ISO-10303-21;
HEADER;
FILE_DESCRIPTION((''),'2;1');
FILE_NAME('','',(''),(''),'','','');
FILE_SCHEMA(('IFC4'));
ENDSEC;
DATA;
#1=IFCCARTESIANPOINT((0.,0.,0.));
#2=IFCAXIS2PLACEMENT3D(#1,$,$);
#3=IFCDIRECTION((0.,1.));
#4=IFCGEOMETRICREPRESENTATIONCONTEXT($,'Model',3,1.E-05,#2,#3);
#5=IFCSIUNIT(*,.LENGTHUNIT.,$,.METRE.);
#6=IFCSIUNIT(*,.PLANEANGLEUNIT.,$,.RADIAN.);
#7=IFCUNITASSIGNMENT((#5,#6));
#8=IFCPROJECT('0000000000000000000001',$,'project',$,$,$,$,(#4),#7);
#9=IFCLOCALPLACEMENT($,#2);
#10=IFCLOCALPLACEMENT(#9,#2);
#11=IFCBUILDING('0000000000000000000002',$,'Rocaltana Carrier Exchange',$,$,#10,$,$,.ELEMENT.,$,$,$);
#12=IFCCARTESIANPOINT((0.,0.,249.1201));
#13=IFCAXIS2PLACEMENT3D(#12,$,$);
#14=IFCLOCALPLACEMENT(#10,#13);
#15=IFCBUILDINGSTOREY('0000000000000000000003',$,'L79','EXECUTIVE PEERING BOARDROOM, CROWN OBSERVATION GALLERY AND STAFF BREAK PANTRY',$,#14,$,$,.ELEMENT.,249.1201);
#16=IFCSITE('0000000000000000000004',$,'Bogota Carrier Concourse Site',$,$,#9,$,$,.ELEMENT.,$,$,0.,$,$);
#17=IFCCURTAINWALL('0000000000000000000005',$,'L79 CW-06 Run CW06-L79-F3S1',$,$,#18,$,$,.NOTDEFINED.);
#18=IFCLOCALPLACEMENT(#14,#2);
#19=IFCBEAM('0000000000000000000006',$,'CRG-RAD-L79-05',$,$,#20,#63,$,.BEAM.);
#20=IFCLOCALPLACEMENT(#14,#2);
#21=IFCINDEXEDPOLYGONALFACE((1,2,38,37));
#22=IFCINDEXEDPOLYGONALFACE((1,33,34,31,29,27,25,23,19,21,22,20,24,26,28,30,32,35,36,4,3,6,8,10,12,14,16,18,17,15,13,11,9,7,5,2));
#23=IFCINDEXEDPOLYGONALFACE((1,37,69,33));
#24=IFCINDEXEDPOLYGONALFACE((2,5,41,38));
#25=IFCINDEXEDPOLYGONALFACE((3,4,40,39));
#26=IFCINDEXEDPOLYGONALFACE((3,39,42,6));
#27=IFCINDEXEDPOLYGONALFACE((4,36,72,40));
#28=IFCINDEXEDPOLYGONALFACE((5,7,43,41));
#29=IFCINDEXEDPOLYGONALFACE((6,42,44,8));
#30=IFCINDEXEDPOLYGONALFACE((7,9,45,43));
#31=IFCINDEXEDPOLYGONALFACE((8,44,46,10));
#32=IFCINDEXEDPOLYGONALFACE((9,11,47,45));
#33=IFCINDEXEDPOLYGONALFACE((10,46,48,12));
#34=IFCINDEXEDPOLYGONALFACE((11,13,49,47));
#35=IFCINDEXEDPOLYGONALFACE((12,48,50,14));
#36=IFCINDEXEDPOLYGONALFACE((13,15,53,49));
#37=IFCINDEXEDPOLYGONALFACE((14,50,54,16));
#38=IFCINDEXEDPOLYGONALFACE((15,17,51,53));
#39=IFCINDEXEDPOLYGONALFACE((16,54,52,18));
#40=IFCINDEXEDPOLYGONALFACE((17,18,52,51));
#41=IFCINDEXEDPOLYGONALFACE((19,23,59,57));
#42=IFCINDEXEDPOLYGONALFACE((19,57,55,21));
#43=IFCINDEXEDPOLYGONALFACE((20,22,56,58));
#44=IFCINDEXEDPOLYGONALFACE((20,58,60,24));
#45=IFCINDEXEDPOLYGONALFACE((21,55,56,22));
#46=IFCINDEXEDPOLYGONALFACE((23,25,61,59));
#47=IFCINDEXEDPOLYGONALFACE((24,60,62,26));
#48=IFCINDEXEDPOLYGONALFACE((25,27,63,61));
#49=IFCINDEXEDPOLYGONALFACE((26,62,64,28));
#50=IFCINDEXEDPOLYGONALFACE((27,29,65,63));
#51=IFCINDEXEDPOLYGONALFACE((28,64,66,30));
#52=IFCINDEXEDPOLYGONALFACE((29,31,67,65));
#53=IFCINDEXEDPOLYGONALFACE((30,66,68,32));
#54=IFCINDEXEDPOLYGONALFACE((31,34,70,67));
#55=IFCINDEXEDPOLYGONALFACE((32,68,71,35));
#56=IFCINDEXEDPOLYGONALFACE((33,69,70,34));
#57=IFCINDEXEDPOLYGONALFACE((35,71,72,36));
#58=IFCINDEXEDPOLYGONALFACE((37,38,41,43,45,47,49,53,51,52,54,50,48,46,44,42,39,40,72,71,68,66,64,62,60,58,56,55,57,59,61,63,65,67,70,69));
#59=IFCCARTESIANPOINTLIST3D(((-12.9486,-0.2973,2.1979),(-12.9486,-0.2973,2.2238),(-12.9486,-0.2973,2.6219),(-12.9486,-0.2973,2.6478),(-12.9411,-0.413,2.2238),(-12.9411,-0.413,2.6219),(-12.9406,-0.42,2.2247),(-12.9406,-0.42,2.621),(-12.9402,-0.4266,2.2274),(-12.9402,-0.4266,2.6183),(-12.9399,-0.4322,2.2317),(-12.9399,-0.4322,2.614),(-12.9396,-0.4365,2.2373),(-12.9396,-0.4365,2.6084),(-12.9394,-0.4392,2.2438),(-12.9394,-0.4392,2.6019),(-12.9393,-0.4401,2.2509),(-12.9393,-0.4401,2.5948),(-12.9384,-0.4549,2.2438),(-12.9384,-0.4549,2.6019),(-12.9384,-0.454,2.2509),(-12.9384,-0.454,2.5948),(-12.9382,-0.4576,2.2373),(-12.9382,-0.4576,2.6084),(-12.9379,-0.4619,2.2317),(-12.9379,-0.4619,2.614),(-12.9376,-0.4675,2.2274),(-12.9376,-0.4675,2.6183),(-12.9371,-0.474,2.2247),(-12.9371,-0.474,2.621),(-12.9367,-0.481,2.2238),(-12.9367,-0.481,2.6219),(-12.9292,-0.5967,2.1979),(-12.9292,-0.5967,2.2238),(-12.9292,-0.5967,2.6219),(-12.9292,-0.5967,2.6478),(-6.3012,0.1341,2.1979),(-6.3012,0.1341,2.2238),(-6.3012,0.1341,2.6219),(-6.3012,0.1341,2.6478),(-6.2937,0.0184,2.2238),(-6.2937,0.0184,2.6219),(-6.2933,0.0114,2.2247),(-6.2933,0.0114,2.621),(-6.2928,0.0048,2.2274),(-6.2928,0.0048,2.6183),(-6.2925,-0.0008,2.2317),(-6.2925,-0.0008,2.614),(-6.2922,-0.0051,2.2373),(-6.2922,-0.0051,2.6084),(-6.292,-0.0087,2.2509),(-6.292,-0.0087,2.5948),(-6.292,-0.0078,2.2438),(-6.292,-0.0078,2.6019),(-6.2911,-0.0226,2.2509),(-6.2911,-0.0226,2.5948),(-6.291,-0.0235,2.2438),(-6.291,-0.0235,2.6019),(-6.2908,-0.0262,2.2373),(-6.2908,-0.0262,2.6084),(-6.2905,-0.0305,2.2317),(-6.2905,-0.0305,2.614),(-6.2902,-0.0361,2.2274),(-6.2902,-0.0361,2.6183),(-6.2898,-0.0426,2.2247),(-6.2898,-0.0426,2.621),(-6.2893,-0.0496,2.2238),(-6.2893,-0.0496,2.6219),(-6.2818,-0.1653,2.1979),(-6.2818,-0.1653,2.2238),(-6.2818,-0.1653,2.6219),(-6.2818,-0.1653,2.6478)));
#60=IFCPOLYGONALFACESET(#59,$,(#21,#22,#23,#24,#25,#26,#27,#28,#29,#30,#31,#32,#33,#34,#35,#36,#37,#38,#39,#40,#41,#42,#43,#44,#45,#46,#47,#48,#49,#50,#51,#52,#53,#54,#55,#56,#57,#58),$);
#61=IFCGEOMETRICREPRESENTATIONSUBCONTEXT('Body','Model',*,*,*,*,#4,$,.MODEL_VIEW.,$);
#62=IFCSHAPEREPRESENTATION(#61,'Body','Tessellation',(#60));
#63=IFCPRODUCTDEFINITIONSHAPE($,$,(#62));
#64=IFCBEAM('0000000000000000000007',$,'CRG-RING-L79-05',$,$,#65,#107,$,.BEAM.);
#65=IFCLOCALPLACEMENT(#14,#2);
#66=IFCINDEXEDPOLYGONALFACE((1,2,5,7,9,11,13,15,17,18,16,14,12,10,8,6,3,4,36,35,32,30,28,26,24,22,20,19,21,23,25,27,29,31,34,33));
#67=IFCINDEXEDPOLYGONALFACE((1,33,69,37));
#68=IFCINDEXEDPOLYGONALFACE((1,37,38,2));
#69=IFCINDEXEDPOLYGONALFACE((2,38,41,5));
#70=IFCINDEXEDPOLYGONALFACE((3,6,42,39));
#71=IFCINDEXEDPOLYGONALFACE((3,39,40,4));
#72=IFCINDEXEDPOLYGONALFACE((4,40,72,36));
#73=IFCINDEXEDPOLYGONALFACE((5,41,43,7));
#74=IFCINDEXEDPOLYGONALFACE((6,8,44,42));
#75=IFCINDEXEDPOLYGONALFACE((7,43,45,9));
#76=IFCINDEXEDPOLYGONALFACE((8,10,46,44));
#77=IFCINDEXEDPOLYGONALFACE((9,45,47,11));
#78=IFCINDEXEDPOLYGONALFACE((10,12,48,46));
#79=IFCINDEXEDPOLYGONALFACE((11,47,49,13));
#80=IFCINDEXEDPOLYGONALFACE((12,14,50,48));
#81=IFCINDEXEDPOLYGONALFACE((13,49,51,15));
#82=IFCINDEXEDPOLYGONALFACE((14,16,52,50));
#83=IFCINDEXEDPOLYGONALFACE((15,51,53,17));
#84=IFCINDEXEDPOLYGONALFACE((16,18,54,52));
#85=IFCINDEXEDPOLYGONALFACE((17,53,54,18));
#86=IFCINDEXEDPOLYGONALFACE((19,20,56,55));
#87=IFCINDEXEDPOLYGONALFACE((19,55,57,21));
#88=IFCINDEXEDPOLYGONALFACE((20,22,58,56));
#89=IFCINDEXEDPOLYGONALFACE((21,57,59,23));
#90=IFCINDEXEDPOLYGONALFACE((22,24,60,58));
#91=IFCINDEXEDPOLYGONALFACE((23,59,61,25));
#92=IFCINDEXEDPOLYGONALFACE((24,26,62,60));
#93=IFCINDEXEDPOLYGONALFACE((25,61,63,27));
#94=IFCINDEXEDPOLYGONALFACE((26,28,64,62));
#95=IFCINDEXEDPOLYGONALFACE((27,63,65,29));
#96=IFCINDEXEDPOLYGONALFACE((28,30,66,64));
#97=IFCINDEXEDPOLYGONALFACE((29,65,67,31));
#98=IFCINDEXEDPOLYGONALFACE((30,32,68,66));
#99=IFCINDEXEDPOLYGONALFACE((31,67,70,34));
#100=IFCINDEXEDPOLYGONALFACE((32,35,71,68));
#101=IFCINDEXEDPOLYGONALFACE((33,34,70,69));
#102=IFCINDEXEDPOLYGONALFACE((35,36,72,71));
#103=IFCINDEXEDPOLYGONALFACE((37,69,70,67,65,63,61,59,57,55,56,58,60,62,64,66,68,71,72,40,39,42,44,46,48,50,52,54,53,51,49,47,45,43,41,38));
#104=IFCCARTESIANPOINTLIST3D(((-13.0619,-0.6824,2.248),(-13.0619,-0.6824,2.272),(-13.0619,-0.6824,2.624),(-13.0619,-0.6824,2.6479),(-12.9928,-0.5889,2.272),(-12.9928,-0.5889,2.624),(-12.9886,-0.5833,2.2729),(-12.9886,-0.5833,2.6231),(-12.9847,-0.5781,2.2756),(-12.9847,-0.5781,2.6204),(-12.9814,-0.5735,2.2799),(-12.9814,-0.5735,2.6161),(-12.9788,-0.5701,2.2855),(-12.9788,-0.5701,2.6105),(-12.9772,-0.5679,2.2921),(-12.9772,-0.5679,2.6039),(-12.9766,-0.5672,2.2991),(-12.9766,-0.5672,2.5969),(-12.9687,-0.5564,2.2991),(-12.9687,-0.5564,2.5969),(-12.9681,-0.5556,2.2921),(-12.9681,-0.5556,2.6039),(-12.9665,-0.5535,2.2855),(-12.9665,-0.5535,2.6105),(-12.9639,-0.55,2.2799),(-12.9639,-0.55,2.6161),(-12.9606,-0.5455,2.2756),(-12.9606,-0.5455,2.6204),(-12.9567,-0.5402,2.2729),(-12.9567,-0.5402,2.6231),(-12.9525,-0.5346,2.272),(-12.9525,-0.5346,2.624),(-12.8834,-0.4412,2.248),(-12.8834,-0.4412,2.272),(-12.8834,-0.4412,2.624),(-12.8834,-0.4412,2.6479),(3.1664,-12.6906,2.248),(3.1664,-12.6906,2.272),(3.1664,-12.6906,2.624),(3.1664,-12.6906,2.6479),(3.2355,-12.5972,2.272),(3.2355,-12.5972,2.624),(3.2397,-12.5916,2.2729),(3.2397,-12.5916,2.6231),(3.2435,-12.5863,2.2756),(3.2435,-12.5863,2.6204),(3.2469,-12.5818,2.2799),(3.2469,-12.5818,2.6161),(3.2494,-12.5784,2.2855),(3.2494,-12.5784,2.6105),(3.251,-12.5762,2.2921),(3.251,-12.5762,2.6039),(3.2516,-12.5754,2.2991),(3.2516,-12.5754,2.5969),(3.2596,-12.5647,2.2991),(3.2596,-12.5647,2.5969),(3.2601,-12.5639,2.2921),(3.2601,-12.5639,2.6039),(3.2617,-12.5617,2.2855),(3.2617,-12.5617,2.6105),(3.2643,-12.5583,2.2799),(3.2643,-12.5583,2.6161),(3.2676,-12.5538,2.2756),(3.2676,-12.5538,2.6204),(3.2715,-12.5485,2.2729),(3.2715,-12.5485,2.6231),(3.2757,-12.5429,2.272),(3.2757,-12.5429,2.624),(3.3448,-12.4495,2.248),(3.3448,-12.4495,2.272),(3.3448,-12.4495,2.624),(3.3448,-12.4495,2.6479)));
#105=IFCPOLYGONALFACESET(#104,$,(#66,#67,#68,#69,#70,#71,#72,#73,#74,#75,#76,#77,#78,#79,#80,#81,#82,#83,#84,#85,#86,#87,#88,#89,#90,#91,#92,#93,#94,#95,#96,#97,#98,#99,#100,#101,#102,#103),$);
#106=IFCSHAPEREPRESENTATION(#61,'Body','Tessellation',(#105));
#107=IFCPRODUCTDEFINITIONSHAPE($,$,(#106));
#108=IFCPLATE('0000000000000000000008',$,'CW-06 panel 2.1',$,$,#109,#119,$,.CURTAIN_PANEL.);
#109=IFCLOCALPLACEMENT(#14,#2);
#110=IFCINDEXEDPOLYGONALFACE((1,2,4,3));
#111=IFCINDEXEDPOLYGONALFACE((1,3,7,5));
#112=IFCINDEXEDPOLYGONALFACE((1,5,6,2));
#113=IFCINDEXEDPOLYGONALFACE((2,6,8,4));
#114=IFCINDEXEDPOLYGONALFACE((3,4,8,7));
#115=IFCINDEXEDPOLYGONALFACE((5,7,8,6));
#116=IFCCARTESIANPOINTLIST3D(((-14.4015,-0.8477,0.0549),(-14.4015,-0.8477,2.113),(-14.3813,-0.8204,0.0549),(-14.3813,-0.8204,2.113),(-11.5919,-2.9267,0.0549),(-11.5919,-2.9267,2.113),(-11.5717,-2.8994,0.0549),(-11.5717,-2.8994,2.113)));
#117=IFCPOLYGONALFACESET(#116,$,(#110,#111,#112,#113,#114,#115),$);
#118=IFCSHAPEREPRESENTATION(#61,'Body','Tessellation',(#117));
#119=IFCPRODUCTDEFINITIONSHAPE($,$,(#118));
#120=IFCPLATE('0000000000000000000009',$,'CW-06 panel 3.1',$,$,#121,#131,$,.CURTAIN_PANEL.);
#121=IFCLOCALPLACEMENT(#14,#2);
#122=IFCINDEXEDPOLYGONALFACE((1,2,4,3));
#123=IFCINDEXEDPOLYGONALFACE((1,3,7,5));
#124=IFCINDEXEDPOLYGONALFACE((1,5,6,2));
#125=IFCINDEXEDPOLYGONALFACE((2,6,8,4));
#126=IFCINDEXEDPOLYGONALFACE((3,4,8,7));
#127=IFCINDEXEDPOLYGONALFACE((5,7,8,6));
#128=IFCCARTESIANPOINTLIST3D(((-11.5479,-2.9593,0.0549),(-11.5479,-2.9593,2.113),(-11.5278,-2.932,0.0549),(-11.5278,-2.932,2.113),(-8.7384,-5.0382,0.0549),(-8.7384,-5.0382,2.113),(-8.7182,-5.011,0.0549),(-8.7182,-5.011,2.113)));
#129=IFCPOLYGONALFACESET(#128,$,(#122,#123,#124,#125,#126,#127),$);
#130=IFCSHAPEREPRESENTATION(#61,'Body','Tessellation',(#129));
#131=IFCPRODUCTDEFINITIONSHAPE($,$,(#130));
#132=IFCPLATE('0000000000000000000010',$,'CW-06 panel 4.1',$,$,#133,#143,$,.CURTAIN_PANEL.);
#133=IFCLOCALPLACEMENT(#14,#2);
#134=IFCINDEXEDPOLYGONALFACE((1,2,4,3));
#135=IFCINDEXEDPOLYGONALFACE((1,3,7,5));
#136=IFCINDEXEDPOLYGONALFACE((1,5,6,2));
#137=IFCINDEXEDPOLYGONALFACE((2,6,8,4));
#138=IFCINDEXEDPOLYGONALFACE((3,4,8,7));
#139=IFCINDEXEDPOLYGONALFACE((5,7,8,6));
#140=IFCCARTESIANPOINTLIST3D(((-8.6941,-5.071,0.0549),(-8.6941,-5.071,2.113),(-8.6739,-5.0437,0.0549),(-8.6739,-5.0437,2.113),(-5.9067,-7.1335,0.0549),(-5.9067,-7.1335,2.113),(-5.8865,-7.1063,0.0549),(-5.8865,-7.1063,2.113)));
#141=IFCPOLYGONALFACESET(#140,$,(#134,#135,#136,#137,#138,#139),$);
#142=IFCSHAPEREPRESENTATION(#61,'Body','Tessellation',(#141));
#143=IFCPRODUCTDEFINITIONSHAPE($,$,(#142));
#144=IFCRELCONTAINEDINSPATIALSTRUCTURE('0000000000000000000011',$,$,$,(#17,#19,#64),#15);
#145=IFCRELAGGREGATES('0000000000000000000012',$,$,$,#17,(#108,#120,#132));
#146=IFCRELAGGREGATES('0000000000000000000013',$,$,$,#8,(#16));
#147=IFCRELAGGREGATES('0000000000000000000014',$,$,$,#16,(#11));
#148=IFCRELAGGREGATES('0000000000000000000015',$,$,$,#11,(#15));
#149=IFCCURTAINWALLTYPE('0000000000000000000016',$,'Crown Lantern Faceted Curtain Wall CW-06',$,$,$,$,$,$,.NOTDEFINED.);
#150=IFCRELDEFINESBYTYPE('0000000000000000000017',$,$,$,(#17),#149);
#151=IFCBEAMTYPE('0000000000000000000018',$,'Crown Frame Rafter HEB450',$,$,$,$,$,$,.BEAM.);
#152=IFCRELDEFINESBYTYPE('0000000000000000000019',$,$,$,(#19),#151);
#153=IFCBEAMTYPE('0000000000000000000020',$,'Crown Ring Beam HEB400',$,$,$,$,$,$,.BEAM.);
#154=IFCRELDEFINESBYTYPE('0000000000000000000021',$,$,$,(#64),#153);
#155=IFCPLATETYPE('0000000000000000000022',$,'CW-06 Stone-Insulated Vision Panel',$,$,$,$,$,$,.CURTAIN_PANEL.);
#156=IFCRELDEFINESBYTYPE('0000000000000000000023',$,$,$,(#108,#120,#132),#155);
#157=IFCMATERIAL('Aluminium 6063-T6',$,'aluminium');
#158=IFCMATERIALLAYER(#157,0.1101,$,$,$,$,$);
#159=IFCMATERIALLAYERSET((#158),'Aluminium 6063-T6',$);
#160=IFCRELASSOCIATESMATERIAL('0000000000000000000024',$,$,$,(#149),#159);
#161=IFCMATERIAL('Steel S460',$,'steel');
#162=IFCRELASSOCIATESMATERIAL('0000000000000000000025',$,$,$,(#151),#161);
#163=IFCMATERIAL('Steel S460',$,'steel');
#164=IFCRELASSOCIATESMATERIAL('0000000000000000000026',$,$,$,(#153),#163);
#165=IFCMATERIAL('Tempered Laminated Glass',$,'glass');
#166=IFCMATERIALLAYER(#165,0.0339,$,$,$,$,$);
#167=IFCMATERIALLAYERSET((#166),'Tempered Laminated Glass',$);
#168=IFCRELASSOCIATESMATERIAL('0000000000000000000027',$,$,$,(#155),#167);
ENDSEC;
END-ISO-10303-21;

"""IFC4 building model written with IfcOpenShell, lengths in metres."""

from ifc_helpers import new_model, si_unit, direction, frame, origin, origin_2d, place, context, subcontext, project, spatial, rectangle, i_section, extrude, material, layer, layer_set, material_profile, profile_set, type_object, element, aggregate, save


model = new_model("IFC4")

# Units and contexts
model_context = context("Model", 3, precision=1e-05, world=origin(), true_north=direction((0.0, 1.0)))
body_context = subcontext(model_context, "Body", "Model", "MODEL_VIEW")
ifc_project = project(units=[si_unit("LENGTHUNIT", "METRE"), si_unit("PLANEANGLEUNIT", "RADIAN")], contexts=[model_context])

# Site, building, storey
site_placement = place(None, origin())
site = spatial("IfcSite", under=ifc_project, at=site_placement, Name="Bogota Carrier Concourse Site", CompositionType="ELEMENT", RefElevation=0.0)
building_placement = place(site_placement, origin())
building = spatial("IfcBuilding", under=site, at=building_placement, Name="Rocaltana Carrier Exchange", CompositionType="ELEMENT")
storey_placement = place(building_placement, frame((0.0, 0.0, 249.1201)))
storey = spatial("IfcBuildingStorey", under=building, at=storey_placement, Name="L79", Description="EXECUTIVE PEERING BOARDROOM, CROWN OBSERVATION GALLERY AND STAFF BREAK PANTRY", CompositionType="ELEMENT", Elevation=249.1201)

# Curtain wall
ifc_material_1 = material(Name="Aluminium 6063-T6", Category="aluminium")
ifc_layer_1 = layer(ifc_material_1, 0.1101)
ifc_layer_set_1 = layer_set([ifc_layer_1], Name="Aluminium 6063-T6")
curtain_wall_type = type_object("IfcCurtainWallType", Name="Crown Lantern Faceted Curtain Wall CW-06", PredefinedType="NOTDEFINED", material=ifc_layer_set_1)
curtain_wall_1_placement = place(storey_placement, origin())
curtain_wall_1 = element("IfcCurtainWall", 1, at=curtain_wall_1_placement, inside=storey, type_object=curtain_wall_type, Name="L79 CW-06 Run CW06-L79-F3S1", PredefinedType="NOTDEFINED")

# Beams
ifc_material_2 = material(Name="Steel S460", Category="steel")
ifc_material_profile_1 = material_profile(ifc_material_2, i_section(OverallWidth=0.3, OverallDepth=0.45, WebThickness=0.0139, FlangeThickness=0.0259, FilletRadius=0.0271, at=origin_2d()), Name="HEB450")
ifc_profile_set_1 = profile_set([ifc_material_profile_1], Name="Steel S460")
beam_type_1 = type_object("IfcBeamType", Name="Crown Frame Rafter HEB450", PredefinedType="BEAM", material=ifc_profile_set_1)
beam_1_placement = place(storey_placement, frame((-6.2915, -0.0156, 2.4229), z_axis=(-0.997901, -0.06476, 0.0), x_axis=(0.06476, -0.997901, 0.0)))
element("IfcBeam", 2, at=beam_1_placement, inside=storey, type_object=beam_type_1, Name="CRG-RAD-L79-05", PredefinedType="BEAM", context=body_context, shape_type="SweptSolid", body=[
    extrude(i_section(OverallWidth=0.3, OverallDepth=0.45, WebThickness=0.0139, FlangeThickness=0.0259, FilletRadius=0.0271, at=origin_2d()), origin(), (0.0, 0.0, 1.0), 6.6614),
])
ifc_material_3 = material(Name="Steel S460", Category="steel")
ifc_material_profile_2 = material_profile(ifc_material_3, i_section(OverallWidth=0.3, OverallDepth=0.3999, WebThickness=0.0134, FlangeThickness=0.0239, FilletRadius=0.0271, at=origin_2d()), Name="HEB400")
ifc_profile_set_2 = profile_set([ifc_material_profile_2], Name="Steel S460")
beam_type_2 = type_object("IfcBeamType", Name="Crown Ring Beam HEB400", PredefinedType="BEAM", material=ifc_profile_set_2)
beam_2_placement = place(storey_placement, frame((-12.9727, -0.5618, 2.448), z_axis=(0.803857, -0.594823, 0.0), x_axis=(0.594823, 0.803857, 0.0)))
element("IfcBeam", 3, at=beam_2_placement, inside=storey, type_object=beam_type_2, Name="CRG-RING-L79-05", PredefinedType="BEAM", context=body_context, shape_type="SweptSolid", body=[
    extrude(i_section(OverallWidth=0.3, OverallDepth=0.3999, WebThickness=0.0134, FlangeThickness=0.0239, FilletRadius=0.0271, at=origin_2d()), origin(), (0.0, 0.0, 1.0), 20.188),
])

# Plates
ifc_material_4 = material(Name="Tempered Laminated Glass", Category="glass")
ifc_layer_2 = layer(ifc_material_4, 0.0339)
ifc_layer_set_2 = layer_set([ifc_layer_2], Name="Tempered Laminated Glass")
plate_type = type_object("IfcPlateType", Name="CW-06 Stone-Insulated Vision Panel", PredefinedType="CURTAIN_PANEL", material=ifc_layer_set_2)
plate_1_placement = place(storey_placement, frame((-12.9866, -1.8735, 0.0549), z_axis=(0.0, 0.0, 1.0), x_axis=(0.803857, -0.594822, 0.0)))
plate_1 = element("IfcPlate", 4, at=plate_1_placement, type_object=plate_type, Name="CW-06 panel 2.1", PredefinedType="CURTAIN_PANEL", context=body_context, shape_type="SweptSolid", body=[
    extrude(rectangle(XDim=3.4951, YDim=0.0339, at=origin_2d()), origin(), (0.0, 0.0, 1.0), 2.0581),
])
plate_2_placement = place(storey_placement, frame((-10.1331, -3.9851, 0.0549), z_axis=(0.0, 0.0, 1.0), x_axis=(0.803857, -0.594822, 0.0)))
plate_2 = element("IfcPlate", 5, at=plate_2_placement, type_object=plate_type, Name="CW-06 panel 3.1", PredefinedType="CURTAIN_PANEL", context=body_context, shape_type="SweptSolid", body=[
    extrude(rectangle(XDim=3.4951, YDim=0.0339, at=origin_2d()), origin(), (0.0, 0.0, 1.0), 2.0581),
])
plate_3_placement = place(storey_placement, frame((-7.2903, -6.0886, 0.0549), z_axis=(0.0, 0.0, 1.0), x_axis=(0.803857, -0.594822, 0.0)))
plate_3 = element("IfcPlate", 6, at=plate_3_placement, type_object=plate_type, Name="CW-06 panel 4.1", PredefinedType="CURTAIN_PANEL", context=body_context, shape_type="SweptSolid", body=[
    extrude(rectangle(XDim=3.4675, YDim=0.0339, at=origin_2d()), origin(), (0.0, 0.0, 1.0), 2.0581),
])
aggregate(curtain_wall_1, [plate_1, plate_2, plate_3])

save(model, "model.ifc")
